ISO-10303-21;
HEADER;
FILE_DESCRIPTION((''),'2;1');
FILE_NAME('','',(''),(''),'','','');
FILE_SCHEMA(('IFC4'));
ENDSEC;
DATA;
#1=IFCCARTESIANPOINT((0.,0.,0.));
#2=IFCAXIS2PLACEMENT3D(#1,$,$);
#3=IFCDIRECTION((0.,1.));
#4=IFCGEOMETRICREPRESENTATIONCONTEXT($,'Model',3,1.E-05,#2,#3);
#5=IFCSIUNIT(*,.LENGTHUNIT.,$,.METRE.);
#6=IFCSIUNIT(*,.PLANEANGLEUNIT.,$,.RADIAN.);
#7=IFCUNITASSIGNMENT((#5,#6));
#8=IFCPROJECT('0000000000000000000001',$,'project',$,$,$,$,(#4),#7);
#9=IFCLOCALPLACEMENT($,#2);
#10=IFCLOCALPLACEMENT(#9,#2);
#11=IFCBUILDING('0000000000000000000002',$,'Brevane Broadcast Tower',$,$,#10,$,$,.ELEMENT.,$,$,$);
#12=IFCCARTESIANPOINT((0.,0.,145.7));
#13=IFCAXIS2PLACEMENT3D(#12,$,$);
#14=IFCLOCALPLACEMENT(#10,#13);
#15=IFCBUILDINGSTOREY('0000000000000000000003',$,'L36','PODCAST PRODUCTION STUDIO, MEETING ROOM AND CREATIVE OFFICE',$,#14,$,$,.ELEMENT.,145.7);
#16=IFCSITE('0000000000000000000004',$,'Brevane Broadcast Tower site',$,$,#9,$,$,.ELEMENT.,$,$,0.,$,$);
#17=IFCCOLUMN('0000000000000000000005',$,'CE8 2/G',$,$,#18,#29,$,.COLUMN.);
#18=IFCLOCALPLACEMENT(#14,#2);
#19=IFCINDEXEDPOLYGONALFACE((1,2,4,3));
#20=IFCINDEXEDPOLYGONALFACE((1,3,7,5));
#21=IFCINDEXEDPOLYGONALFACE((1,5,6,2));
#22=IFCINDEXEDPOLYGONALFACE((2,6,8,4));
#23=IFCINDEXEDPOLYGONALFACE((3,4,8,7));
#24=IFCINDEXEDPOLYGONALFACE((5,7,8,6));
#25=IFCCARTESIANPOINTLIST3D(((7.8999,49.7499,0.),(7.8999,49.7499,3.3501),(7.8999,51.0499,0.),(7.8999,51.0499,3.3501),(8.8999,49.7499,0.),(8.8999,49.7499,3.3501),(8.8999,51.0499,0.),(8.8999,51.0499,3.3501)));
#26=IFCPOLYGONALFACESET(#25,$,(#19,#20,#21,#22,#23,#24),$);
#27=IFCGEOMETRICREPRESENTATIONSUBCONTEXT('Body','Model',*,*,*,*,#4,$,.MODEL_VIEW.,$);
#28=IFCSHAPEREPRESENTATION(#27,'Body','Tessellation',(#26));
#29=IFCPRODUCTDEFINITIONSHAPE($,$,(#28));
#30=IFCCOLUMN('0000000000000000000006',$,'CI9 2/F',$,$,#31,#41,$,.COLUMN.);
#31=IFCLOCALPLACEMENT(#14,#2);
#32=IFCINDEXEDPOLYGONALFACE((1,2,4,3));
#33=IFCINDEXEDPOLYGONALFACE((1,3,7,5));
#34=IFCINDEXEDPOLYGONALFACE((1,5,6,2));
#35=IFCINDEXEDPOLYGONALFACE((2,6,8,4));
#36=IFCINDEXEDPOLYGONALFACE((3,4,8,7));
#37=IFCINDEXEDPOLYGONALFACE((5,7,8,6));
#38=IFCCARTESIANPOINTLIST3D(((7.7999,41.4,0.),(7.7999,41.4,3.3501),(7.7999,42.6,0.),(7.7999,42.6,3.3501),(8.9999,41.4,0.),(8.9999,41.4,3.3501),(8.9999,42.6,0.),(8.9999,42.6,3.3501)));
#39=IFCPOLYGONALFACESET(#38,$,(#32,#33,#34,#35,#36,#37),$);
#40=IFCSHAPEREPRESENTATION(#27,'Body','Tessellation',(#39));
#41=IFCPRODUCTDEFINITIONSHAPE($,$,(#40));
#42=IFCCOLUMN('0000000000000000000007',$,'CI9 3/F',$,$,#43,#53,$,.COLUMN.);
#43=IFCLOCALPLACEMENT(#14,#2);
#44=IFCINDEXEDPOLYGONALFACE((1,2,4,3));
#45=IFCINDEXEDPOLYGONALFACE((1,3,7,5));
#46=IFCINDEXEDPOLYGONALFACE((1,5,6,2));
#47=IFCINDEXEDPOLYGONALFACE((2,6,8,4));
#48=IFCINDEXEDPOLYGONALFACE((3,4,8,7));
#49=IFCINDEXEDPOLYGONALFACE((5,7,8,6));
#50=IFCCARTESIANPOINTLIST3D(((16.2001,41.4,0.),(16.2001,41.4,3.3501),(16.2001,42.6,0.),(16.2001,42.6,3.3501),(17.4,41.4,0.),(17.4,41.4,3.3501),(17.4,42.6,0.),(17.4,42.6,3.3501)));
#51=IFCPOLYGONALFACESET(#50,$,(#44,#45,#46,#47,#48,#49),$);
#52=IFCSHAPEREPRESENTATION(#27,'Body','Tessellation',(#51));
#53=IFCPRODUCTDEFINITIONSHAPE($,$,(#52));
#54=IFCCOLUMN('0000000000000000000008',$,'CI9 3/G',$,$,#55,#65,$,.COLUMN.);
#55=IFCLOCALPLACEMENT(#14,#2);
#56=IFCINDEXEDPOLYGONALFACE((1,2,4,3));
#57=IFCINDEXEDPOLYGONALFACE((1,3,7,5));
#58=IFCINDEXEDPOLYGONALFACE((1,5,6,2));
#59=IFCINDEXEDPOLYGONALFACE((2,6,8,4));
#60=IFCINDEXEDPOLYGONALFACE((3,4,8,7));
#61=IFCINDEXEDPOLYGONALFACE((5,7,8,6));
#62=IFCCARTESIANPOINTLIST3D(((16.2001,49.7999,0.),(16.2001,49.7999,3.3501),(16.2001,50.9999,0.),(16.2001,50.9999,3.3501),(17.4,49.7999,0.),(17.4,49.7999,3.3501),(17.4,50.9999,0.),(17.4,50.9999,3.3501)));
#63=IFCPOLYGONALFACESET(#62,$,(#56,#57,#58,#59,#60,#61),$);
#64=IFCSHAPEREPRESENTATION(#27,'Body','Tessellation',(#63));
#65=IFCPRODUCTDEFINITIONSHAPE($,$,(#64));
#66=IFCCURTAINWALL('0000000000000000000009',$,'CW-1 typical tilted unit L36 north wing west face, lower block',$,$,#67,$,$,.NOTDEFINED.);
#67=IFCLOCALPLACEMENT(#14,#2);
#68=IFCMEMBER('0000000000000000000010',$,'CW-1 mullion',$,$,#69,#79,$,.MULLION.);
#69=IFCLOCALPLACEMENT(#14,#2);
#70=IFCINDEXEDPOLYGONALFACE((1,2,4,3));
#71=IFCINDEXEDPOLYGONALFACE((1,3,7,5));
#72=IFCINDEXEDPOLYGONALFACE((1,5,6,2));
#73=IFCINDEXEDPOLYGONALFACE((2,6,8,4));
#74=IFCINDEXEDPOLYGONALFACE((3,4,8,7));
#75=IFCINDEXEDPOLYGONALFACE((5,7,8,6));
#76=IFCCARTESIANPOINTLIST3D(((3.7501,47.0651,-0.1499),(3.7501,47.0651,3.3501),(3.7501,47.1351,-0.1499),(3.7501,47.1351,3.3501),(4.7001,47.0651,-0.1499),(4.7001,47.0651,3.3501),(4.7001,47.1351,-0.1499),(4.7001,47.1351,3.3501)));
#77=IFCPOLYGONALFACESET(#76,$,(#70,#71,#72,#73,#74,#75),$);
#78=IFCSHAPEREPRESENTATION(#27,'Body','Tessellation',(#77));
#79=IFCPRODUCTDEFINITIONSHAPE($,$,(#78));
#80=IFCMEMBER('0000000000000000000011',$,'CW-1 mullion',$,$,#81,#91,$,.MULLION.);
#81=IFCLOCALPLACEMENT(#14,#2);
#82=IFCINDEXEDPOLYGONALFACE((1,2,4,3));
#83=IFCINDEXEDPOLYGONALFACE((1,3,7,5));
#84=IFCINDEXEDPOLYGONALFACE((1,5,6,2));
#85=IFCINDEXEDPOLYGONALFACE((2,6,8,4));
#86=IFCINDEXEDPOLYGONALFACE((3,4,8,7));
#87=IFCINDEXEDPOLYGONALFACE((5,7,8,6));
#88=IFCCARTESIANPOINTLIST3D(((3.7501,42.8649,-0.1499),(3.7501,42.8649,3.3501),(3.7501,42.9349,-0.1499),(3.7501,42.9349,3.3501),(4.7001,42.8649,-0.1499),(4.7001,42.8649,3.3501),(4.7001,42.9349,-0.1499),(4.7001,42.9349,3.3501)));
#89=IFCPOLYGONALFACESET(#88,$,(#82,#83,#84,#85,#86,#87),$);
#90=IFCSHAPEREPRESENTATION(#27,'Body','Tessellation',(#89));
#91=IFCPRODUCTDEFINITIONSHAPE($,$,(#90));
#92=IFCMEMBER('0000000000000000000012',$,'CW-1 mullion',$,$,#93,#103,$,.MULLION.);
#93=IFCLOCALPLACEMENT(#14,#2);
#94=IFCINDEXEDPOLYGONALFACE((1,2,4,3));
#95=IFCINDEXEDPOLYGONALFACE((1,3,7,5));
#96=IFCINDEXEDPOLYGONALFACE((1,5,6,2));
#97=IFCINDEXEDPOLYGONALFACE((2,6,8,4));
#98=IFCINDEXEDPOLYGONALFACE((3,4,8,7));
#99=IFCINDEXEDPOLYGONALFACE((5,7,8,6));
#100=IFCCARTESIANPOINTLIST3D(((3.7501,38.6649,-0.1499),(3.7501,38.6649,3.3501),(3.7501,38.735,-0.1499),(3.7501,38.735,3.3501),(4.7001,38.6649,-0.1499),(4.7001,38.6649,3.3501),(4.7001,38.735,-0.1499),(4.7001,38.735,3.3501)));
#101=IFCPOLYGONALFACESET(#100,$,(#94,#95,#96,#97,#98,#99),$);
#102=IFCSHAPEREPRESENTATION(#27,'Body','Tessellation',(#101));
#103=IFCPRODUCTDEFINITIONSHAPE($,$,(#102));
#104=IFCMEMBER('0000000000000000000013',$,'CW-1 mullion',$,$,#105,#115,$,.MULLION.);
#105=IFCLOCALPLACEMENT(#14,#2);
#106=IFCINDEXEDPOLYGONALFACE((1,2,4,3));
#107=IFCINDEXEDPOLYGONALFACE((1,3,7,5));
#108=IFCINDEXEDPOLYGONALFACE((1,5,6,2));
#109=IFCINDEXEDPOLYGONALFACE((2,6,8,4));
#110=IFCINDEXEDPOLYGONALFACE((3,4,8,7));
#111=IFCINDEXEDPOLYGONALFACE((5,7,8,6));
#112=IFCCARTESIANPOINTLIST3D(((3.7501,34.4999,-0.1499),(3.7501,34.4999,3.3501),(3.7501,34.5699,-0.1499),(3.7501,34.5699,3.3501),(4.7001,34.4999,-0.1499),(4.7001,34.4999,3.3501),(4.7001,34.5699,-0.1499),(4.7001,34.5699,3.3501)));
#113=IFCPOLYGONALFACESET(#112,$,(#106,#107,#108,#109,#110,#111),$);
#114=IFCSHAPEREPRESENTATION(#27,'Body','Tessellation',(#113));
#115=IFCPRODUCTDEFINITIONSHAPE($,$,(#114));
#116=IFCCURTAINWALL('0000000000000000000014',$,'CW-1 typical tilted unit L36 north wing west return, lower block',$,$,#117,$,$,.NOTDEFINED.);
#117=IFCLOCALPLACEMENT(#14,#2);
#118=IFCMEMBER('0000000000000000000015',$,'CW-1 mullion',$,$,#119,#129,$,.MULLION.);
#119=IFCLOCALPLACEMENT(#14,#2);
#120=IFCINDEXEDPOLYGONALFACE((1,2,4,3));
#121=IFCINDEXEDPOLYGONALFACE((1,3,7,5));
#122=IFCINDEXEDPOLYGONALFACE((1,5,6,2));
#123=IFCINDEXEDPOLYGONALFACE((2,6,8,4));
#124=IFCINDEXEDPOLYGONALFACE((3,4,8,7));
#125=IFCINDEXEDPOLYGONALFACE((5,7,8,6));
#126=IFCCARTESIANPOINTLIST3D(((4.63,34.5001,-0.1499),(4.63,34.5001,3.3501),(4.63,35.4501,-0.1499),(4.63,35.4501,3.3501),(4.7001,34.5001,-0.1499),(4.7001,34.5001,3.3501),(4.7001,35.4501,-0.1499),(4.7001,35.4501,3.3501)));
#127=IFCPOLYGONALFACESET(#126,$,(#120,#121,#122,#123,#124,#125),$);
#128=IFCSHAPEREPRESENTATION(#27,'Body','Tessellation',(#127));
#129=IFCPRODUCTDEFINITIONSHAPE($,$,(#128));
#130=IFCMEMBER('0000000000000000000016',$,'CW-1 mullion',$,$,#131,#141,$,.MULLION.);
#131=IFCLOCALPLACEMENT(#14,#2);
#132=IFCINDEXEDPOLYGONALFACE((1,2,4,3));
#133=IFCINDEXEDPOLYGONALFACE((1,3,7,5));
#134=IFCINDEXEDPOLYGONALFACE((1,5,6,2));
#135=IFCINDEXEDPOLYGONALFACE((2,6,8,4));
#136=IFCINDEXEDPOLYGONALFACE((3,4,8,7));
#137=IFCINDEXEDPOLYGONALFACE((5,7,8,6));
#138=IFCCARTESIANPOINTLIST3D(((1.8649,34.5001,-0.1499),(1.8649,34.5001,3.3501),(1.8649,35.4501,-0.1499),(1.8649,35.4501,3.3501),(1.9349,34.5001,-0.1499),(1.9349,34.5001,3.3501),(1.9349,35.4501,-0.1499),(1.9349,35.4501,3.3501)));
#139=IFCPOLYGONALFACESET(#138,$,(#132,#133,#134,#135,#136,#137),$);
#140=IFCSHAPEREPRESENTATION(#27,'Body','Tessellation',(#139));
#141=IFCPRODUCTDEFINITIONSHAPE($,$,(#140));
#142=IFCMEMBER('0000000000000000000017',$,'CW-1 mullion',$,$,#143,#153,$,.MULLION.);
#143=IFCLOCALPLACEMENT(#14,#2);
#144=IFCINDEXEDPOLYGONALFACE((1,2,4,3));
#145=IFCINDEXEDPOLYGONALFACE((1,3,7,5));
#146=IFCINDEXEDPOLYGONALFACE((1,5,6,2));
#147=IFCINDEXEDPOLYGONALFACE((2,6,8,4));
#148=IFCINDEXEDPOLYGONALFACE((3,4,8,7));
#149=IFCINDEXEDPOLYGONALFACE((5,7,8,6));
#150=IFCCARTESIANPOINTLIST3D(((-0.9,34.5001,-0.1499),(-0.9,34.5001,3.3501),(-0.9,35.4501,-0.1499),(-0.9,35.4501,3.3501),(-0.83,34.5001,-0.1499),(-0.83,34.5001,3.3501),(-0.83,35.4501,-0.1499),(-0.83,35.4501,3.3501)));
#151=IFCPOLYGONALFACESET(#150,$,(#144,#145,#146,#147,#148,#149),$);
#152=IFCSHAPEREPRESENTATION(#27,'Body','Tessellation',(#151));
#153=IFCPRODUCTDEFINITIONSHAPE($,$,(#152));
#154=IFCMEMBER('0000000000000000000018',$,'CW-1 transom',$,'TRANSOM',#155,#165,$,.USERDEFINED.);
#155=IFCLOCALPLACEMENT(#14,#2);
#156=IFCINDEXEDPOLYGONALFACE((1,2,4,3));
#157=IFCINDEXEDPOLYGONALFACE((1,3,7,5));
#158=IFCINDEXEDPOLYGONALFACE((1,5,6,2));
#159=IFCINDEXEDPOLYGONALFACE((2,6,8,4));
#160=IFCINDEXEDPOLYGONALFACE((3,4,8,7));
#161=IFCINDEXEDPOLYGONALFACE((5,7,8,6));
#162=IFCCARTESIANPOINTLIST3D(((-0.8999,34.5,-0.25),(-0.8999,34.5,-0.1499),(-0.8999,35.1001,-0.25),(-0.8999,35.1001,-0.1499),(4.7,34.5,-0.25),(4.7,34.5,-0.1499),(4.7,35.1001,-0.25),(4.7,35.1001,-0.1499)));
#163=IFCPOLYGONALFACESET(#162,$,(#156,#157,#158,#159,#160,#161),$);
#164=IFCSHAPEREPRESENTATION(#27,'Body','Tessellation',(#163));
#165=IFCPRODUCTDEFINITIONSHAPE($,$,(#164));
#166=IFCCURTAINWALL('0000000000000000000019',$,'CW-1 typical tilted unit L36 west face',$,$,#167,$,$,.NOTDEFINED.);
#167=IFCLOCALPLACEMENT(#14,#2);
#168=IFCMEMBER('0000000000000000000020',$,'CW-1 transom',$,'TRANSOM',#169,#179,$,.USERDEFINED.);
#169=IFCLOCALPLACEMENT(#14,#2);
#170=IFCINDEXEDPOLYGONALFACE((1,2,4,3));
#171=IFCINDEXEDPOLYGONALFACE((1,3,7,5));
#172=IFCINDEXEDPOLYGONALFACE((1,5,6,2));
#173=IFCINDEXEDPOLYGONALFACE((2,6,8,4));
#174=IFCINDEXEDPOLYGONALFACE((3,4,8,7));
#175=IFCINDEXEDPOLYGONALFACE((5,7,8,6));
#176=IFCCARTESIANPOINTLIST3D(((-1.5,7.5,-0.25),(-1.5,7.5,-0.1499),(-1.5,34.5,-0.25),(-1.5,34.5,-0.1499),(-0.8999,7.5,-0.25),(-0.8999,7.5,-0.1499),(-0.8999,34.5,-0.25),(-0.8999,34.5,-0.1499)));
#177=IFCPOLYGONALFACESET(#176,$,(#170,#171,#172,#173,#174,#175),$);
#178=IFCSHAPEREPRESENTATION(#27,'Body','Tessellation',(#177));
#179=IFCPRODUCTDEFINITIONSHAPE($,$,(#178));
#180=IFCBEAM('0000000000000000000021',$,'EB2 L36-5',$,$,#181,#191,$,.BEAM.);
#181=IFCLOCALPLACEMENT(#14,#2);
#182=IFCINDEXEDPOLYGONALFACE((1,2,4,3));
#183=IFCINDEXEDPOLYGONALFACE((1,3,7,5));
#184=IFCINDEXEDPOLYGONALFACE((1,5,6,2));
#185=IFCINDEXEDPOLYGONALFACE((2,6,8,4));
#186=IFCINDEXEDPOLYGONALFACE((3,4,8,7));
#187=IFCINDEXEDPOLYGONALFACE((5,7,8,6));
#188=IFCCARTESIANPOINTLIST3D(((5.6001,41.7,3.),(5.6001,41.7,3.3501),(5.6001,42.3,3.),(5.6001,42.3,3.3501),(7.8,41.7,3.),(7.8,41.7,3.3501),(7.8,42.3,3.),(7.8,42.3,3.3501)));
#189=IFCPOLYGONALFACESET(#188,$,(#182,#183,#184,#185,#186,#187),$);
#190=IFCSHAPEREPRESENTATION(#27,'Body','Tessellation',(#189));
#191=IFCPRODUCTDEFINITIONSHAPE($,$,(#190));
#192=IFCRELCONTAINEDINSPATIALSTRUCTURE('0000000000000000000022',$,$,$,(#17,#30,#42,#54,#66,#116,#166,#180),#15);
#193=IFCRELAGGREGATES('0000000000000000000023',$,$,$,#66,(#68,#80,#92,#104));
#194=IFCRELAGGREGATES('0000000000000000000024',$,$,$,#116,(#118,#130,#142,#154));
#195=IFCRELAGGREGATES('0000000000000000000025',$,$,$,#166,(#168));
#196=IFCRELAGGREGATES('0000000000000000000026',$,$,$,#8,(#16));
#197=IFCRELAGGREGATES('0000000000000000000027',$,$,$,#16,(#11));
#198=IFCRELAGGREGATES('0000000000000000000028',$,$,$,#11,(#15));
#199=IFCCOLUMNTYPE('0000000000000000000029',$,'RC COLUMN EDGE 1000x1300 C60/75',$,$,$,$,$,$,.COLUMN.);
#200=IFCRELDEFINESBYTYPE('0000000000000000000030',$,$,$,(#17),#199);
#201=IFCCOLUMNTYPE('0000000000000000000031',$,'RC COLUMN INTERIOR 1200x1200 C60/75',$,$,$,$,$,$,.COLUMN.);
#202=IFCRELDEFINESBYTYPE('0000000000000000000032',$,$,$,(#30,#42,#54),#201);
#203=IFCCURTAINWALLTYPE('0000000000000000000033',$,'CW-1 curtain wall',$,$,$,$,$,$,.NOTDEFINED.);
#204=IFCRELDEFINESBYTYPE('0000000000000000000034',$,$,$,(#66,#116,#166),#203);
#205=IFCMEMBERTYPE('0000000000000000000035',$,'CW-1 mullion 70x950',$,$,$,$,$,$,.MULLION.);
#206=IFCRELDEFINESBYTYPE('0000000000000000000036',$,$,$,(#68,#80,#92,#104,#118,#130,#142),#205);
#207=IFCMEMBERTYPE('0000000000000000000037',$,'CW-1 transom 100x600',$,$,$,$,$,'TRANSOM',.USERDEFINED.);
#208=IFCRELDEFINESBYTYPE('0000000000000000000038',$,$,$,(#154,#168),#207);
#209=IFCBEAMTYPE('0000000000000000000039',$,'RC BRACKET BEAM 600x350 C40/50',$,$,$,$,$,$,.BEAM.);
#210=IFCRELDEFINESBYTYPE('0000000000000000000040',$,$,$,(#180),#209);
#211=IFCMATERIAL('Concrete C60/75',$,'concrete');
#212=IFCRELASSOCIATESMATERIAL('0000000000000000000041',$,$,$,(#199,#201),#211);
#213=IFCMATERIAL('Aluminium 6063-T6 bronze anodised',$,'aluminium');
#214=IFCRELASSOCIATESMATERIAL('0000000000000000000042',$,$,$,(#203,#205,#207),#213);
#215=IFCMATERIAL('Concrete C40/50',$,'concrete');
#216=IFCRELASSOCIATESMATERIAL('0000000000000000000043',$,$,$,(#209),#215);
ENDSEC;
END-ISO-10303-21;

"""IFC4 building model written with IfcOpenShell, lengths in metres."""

from ifc_helpers import new_model, si_unit, direction, frame, origin, origin_2d, place, context, subcontext, project, spatial, rectangle, extrude, material, material_profile, profile_set, type_object, element, aggregate, save


model = new_model("IFC4")

# Units and contexts
model_context = context("Model", 3, precision=1e-05, world=origin(), true_north=direction((0.0, 1.0)))
body_context = subcontext(model_context, "Body", "Model", "MODEL_VIEW")
ifc_project = project(units=[si_unit("LENGTHUNIT", "METRE"), si_unit("PLANEANGLEUNIT", "RADIAN")], contexts=[model_context])

# Site, building, storey
site_placement = place(None, origin())
site = spatial("IfcSite", under=ifc_project, at=site_placement, Name="Brevane Broadcast Tower site", CompositionType="ELEMENT", RefElevation=0.0)
building_placement = place(site_placement, origin())
building = spatial("IfcBuilding", under=site, at=building_placement, Name="Brevane Broadcast Tower", CompositionType="ELEMENT")
storey_placement = place(building_placement, frame((0.0, 0.0, 145.7)))
storey = spatial("IfcBuildingStorey", under=building, at=storey_placement, Name="L36", Description="PODCAST PRODUCTION STUDIO, MEETING ROOM AND CREATIVE OFFICE", CompositionType="ELEMENT", Elevation=145.7)

# Columns
ifc_material_1 = material(Name="Concrete C60/75", Category="concrete")
ifc_material_profile_1 = material_profile(ifc_material_1, rectangle(XDim=1.0, YDim=1.3, at=origin_2d()), Name="RC 1000x1300")
ifc_profile_set_1 = profile_set([ifc_material_profile_1], Name="Concrete C60/75")
column_type_1 = type_object("IfcColumnType", Name="RC COLUMN EDGE 1000x1300 C60/75", PredefinedType="COLUMN", material=ifc_profile_set_1)
column_placement = place(storey_placement, frame((8.3999, 50.3999, 0.0), z_axis=(0.0, 0.0, 1.0), x_axis=(1.0, 0.0, 0.0)))
element("IfcColumn", 1, at=column_placement, inside=storey, type_object=column_type_1, Name="CE8 2/G", PredefinedType="COLUMN", context=body_context, shape_type="SweptSolid", body=[
    extrude(rectangle(XDim=1.0, YDim=1.3, at=origin_2d()), origin(), (0.0, 0.0, 1.0), 3.3501),
])
ifc_material_profile_2 = material_profile(ifc_material_1, rectangle(XDim=1.2, YDim=1.2, at=origin_2d()), Name="RC 1200x1200")
ifc_profile_set_2 = profile_set([ifc_material_profile_2], Name="Concrete C60/75")
column_type_2 = type_object("IfcColumnType", Name="RC COLUMN INTERIOR 1200x1200 C60/75", PredefinedType="COLUMN", material=ifc_profile_set_2)
for number, where, z_axis, x_axis, name in (
    (2, (8.3999, 42.0, 0.0), (0.0, 0.0, 1.0), (1.0, 0.0, 0.0), "CI9 2/F"),
    (3, (16.8, 42.0, 0.0), (0.0, 0.0, 1.0), (1.0, 0.0, 0.0), "CI9 3/F"),
    (4, (16.8, 50.3999, 0.0), (0.0, 0.0, 1.0), (1.0, 0.0, 0.0), "CI9 3/G"),
):
    element("IfcColumn", number, at=place(storey_placement, frame(where, z_axis=z_axis, x_axis=x_axis)), inside=storey, type_object=column_type_2, Name=name, PredefinedType="COLUMN", context=body_context, shape_type="SweptSolid", body=[
        extrude(rectangle(XDim=1.2, YDim=1.2, at=origin_2d()), origin(), (0.0, 0.0, 1.0), 3.3501),
    ])

# Curtain walls, members
ifc_material_2 = material(Name="Aluminium 6063-T6 bronze anodised", Category="aluminium")
curtain_wall_type = type_object("IfcCurtainWallType", Name="CW-1 curtain wall", PredefinedType="NOTDEFINED", material=ifc_material_2)
curtain_wall_1_placement = place(storey_placement, origin())
curtain_wall_1 = element("IfcCurtainWall", 5, at=curtain_wall_1_placement, inside=storey, type_object=curtain_wall_type, Name="CW-1 typical tilted unit L36 north wing west face, lower block", PredefinedType="NOTDEFINED")
ifc_material_profile_3 = material_profile(ifc_material_2, rectangle(XDim=0.95, YDim=0.0701, at=origin_2d()), Name="RECT 70x950")
ifc_profile_set_3 = profile_set([ifc_material_profile_3], Name="Aluminium 6063-T6 bronze anodised")
member_type_1 = type_object("IfcMemberType", Name="CW-1 mullion 70x950", PredefinedType="MULLION", material=ifc_profile_set_3)
member_1_placement = place(storey_placement, frame((4.2251, 47.1001, -0.1499), z_axis=(0.0, 0.0, 1.0), x_axis=(1.0, 0.0, 0.0)))
member_1 = element("IfcMember", 6, at=member_1_placement, type_object=member_type_1, Name="CW-1 mullion", PredefinedType="MULLION", context=body_context, shape_type="SweptSolid", body=[
    extrude(rectangle(XDim=0.95, YDim=0.0701, at=origin_2d()), origin(), (0.0, 0.0, 1.0), 3.5),
])
member_2_placement = place(storey_placement, frame((4.2251, 42.8999, -0.1499), z_axis=(0.0, 0.0, 1.0), x_axis=(1.0, 0.0, 0.0)))
member_2 = element("IfcMember", 7, at=member_2_placement, type_object=member_type_1, Name="CW-1 mullion", PredefinedType="MULLION", context=body_context, shape_type="SweptSolid", body=[
    extrude(rectangle(XDim=0.95, YDim=0.0701, at=origin_2d()), origin(), (0.0, 0.0, 1.0), 3.5),
])
member_3_placement = place(storey_placement, frame((4.2251, 38.7, -0.1499), z_axis=(0.0, 0.0, 1.0), x_axis=(1.0, 0.0, 0.0)))
member_3 = element("IfcMember", 8, at=member_3_placement, type_object=member_type_1, Name="CW-1 mullion", PredefinedType="MULLION", context=body_context, shape_type="SweptSolid", body=[
    extrude(rectangle(XDim=0.95, YDim=0.0701, at=origin_2d()), origin(), (0.0, 0.0, 1.0), 3.5),
])
member_4_placement = place(storey_placement, frame((4.2251, 34.5349, -0.1499), z_axis=(0.0, 0.0, 1.0), x_axis=(1.0, 0.0, 0.0)))
member_4 = element("IfcMember", 9, at=member_4_placement, type_object=member_type_1, Name="CW-1 mullion", PredefinedType="MULLION", context=body_context, shape_type="SweptSolid", body=[
    extrude(rectangle(XDim=0.95, YDim=0.0701, at=origin_2d()), origin(), (0.0, 0.0, 1.0), 3.5),
])
aggregate(curtain_wall_1, [member_1, member_2, member_3, member_4])
curtain_wall_2_placement = place(storey_placement, origin())
curtain_wall_2 = element("IfcCurtainWall", 10, at=curtain_wall_2_placement, inside=storey, type_object=curtain_wall_type, Name="CW-1 typical tilted unit L36 north wing west return, lower block", PredefinedType="NOTDEFINED")
member_5_placement = place(storey_placement, frame((4.665, 34.9751, -0.1499), z_axis=(0.0, 0.0, 1.0), x_axis=(0.0, -1.0, 0.0)))
member_5 = element("IfcMember", 11, at=member_5_placement, type_object=member_type_1, Name="CW-1 mullion", PredefinedType="MULLION", context=body_context, shape_type="SweptSolid", body=[
    extrude(rectangle(XDim=0.95, YDim=0.0701, at=origin_2d()), origin(), (0.0, 0.0, 1.0), 3.5),
])
member_6_placement = place(storey_placement, frame((1.8999, 34.9751, -0.1499), z_axis=(0.0, 0.0, 1.0), x_axis=(0.0, -1.0, 0.0)))
member_6 = element("IfcMember", 12, at=member_6_placement, type_object=member_type_1, Name="CW-1 mullion", PredefinedType="MULLION", context=body_context, shape_type="SweptSolid", body=[
    extrude(rectangle(XDim=0.95, YDim=0.0701, at=origin_2d()), origin(), (0.0, 0.0, 1.0), 3.5),
])
member_7_placement = place(storey_placement, frame((-0.865, 34.9751, -0.1499), z_axis=(0.0, 0.0, 1.0), x_axis=(0.0, -1.0, 0.0)))
member_7 = element("IfcMember", 13, at=member_7_placement, type_object=member_type_1, Name="CW-1 mullion", PredefinedType="MULLION", context=body_context, shape_type="SweptSolid", body=[
    extrude(rectangle(XDim=0.95, YDim=0.0701, at=origin_2d()), origin(), (0.0, 0.0, 1.0), 3.5),
])
ifc_material_profile_4 = material_profile(ifc_material_2, rectangle(XDim=0.6001, YDim=0.1001, at=origin_2d()), Name="RECT 100x600")
ifc_profile_set_4 = profile_set([ifc_material_profile_4], Name="Aluminium 6063-T6 bronze anodised")
member_type_2 = type_object("IfcMemberType", Name="CW-1 transom 100x600", ElementType="TRANSOM", PredefinedType="USERDEFINED", material=ifc_profile_set_4)
member_8_placement = place(storey_placement, frame((4.7, 34.8, -0.2), z_axis=(-1.0, 0.0, 0.0), x_axis=(0.0, -1.0, 0.0)))
member_8 = element("IfcMember", 14, at=member_8_placement, type_object=member_type_2, Name="CW-1 transom", ObjectType="TRANSOM", PredefinedType="USERDEFINED", context=body_context, shape_type="SweptSolid", body=[
    extrude(rectangle(XDim=0.6001, YDim=0.1001, at=origin_2d()), origin(), (0.0, 0.0, 1.0), 5.5999),
])
aggregate(curtain_wall_2, [member_5, member_6, member_7, member_8])

# Curtain wall, member
curtain_wall_3_placement = place(storey_placement, origin())
curtain_wall_3 = element("IfcCurtainWall", 15, at=curtain_wall_3_placement, inside=storey, type_object=curtain_wall_type, Name="CW-1 typical tilted unit L36 west face", PredefinedType="NOTDEFINED")
member_9_placement = place(storey_placement, frame((-1.2, 34.5, -0.2), z_axis=(0.0, -1.0, 0.0), x_axis=(1.0, 0.0, 0.0)))
member_9 = element("IfcMember", 16, at=member_9_placement, type_object=member_type_2, Name="CW-1 transom", ObjectType="TRANSOM", PredefinedType="USERDEFINED", context=body_context, shape_type="SweptSolid", body=[
    extrude(rectangle(XDim=0.6001, YDim=0.1001, at=origin_2d()), origin(), (0.0, 0.0, 1.0), 27.0),
])
aggregate(curtain_wall_3, [member_9])

# Beam
ifc_material_3 = material(Name="Concrete C40/50", Category="concrete")
ifc_material_profile_5 = material_profile(ifc_material_3, rectangle(XDim=0.6001, YDim=0.3501, at=origin_2d()), Name="RC 600x350")
ifc_profile_set_5 = profile_set([ifc_material_profile_5], Name="Concrete C40/50")
beam_type_1 = type_object("IfcBeamType", Name="RC BRACKET BEAM 600x350 C40/50", PredefinedType="BEAM", material=ifc_profile_set_5)
beam_1_placement = place(storey_placement, frame((7.8, 42.0, 3.175), z_axis=(-1.0, 0.0, 0.0), x_axis=(0.0, -1.0, 0.0)))
element("IfcBeam", 17, at=beam_1_placement, inside=storey, type_object=beam_type_1, Name="EB2 L36-5", PredefinedType="BEAM", context=body_context, shape_type="SweptSolid", body=[
    extrude(rectangle(XDim=0.6001, YDim=0.3501, at=origin_2d()), origin(), (0.0, 0.0, 1.0), 2.2),
])

save(model, "model.ifc")
